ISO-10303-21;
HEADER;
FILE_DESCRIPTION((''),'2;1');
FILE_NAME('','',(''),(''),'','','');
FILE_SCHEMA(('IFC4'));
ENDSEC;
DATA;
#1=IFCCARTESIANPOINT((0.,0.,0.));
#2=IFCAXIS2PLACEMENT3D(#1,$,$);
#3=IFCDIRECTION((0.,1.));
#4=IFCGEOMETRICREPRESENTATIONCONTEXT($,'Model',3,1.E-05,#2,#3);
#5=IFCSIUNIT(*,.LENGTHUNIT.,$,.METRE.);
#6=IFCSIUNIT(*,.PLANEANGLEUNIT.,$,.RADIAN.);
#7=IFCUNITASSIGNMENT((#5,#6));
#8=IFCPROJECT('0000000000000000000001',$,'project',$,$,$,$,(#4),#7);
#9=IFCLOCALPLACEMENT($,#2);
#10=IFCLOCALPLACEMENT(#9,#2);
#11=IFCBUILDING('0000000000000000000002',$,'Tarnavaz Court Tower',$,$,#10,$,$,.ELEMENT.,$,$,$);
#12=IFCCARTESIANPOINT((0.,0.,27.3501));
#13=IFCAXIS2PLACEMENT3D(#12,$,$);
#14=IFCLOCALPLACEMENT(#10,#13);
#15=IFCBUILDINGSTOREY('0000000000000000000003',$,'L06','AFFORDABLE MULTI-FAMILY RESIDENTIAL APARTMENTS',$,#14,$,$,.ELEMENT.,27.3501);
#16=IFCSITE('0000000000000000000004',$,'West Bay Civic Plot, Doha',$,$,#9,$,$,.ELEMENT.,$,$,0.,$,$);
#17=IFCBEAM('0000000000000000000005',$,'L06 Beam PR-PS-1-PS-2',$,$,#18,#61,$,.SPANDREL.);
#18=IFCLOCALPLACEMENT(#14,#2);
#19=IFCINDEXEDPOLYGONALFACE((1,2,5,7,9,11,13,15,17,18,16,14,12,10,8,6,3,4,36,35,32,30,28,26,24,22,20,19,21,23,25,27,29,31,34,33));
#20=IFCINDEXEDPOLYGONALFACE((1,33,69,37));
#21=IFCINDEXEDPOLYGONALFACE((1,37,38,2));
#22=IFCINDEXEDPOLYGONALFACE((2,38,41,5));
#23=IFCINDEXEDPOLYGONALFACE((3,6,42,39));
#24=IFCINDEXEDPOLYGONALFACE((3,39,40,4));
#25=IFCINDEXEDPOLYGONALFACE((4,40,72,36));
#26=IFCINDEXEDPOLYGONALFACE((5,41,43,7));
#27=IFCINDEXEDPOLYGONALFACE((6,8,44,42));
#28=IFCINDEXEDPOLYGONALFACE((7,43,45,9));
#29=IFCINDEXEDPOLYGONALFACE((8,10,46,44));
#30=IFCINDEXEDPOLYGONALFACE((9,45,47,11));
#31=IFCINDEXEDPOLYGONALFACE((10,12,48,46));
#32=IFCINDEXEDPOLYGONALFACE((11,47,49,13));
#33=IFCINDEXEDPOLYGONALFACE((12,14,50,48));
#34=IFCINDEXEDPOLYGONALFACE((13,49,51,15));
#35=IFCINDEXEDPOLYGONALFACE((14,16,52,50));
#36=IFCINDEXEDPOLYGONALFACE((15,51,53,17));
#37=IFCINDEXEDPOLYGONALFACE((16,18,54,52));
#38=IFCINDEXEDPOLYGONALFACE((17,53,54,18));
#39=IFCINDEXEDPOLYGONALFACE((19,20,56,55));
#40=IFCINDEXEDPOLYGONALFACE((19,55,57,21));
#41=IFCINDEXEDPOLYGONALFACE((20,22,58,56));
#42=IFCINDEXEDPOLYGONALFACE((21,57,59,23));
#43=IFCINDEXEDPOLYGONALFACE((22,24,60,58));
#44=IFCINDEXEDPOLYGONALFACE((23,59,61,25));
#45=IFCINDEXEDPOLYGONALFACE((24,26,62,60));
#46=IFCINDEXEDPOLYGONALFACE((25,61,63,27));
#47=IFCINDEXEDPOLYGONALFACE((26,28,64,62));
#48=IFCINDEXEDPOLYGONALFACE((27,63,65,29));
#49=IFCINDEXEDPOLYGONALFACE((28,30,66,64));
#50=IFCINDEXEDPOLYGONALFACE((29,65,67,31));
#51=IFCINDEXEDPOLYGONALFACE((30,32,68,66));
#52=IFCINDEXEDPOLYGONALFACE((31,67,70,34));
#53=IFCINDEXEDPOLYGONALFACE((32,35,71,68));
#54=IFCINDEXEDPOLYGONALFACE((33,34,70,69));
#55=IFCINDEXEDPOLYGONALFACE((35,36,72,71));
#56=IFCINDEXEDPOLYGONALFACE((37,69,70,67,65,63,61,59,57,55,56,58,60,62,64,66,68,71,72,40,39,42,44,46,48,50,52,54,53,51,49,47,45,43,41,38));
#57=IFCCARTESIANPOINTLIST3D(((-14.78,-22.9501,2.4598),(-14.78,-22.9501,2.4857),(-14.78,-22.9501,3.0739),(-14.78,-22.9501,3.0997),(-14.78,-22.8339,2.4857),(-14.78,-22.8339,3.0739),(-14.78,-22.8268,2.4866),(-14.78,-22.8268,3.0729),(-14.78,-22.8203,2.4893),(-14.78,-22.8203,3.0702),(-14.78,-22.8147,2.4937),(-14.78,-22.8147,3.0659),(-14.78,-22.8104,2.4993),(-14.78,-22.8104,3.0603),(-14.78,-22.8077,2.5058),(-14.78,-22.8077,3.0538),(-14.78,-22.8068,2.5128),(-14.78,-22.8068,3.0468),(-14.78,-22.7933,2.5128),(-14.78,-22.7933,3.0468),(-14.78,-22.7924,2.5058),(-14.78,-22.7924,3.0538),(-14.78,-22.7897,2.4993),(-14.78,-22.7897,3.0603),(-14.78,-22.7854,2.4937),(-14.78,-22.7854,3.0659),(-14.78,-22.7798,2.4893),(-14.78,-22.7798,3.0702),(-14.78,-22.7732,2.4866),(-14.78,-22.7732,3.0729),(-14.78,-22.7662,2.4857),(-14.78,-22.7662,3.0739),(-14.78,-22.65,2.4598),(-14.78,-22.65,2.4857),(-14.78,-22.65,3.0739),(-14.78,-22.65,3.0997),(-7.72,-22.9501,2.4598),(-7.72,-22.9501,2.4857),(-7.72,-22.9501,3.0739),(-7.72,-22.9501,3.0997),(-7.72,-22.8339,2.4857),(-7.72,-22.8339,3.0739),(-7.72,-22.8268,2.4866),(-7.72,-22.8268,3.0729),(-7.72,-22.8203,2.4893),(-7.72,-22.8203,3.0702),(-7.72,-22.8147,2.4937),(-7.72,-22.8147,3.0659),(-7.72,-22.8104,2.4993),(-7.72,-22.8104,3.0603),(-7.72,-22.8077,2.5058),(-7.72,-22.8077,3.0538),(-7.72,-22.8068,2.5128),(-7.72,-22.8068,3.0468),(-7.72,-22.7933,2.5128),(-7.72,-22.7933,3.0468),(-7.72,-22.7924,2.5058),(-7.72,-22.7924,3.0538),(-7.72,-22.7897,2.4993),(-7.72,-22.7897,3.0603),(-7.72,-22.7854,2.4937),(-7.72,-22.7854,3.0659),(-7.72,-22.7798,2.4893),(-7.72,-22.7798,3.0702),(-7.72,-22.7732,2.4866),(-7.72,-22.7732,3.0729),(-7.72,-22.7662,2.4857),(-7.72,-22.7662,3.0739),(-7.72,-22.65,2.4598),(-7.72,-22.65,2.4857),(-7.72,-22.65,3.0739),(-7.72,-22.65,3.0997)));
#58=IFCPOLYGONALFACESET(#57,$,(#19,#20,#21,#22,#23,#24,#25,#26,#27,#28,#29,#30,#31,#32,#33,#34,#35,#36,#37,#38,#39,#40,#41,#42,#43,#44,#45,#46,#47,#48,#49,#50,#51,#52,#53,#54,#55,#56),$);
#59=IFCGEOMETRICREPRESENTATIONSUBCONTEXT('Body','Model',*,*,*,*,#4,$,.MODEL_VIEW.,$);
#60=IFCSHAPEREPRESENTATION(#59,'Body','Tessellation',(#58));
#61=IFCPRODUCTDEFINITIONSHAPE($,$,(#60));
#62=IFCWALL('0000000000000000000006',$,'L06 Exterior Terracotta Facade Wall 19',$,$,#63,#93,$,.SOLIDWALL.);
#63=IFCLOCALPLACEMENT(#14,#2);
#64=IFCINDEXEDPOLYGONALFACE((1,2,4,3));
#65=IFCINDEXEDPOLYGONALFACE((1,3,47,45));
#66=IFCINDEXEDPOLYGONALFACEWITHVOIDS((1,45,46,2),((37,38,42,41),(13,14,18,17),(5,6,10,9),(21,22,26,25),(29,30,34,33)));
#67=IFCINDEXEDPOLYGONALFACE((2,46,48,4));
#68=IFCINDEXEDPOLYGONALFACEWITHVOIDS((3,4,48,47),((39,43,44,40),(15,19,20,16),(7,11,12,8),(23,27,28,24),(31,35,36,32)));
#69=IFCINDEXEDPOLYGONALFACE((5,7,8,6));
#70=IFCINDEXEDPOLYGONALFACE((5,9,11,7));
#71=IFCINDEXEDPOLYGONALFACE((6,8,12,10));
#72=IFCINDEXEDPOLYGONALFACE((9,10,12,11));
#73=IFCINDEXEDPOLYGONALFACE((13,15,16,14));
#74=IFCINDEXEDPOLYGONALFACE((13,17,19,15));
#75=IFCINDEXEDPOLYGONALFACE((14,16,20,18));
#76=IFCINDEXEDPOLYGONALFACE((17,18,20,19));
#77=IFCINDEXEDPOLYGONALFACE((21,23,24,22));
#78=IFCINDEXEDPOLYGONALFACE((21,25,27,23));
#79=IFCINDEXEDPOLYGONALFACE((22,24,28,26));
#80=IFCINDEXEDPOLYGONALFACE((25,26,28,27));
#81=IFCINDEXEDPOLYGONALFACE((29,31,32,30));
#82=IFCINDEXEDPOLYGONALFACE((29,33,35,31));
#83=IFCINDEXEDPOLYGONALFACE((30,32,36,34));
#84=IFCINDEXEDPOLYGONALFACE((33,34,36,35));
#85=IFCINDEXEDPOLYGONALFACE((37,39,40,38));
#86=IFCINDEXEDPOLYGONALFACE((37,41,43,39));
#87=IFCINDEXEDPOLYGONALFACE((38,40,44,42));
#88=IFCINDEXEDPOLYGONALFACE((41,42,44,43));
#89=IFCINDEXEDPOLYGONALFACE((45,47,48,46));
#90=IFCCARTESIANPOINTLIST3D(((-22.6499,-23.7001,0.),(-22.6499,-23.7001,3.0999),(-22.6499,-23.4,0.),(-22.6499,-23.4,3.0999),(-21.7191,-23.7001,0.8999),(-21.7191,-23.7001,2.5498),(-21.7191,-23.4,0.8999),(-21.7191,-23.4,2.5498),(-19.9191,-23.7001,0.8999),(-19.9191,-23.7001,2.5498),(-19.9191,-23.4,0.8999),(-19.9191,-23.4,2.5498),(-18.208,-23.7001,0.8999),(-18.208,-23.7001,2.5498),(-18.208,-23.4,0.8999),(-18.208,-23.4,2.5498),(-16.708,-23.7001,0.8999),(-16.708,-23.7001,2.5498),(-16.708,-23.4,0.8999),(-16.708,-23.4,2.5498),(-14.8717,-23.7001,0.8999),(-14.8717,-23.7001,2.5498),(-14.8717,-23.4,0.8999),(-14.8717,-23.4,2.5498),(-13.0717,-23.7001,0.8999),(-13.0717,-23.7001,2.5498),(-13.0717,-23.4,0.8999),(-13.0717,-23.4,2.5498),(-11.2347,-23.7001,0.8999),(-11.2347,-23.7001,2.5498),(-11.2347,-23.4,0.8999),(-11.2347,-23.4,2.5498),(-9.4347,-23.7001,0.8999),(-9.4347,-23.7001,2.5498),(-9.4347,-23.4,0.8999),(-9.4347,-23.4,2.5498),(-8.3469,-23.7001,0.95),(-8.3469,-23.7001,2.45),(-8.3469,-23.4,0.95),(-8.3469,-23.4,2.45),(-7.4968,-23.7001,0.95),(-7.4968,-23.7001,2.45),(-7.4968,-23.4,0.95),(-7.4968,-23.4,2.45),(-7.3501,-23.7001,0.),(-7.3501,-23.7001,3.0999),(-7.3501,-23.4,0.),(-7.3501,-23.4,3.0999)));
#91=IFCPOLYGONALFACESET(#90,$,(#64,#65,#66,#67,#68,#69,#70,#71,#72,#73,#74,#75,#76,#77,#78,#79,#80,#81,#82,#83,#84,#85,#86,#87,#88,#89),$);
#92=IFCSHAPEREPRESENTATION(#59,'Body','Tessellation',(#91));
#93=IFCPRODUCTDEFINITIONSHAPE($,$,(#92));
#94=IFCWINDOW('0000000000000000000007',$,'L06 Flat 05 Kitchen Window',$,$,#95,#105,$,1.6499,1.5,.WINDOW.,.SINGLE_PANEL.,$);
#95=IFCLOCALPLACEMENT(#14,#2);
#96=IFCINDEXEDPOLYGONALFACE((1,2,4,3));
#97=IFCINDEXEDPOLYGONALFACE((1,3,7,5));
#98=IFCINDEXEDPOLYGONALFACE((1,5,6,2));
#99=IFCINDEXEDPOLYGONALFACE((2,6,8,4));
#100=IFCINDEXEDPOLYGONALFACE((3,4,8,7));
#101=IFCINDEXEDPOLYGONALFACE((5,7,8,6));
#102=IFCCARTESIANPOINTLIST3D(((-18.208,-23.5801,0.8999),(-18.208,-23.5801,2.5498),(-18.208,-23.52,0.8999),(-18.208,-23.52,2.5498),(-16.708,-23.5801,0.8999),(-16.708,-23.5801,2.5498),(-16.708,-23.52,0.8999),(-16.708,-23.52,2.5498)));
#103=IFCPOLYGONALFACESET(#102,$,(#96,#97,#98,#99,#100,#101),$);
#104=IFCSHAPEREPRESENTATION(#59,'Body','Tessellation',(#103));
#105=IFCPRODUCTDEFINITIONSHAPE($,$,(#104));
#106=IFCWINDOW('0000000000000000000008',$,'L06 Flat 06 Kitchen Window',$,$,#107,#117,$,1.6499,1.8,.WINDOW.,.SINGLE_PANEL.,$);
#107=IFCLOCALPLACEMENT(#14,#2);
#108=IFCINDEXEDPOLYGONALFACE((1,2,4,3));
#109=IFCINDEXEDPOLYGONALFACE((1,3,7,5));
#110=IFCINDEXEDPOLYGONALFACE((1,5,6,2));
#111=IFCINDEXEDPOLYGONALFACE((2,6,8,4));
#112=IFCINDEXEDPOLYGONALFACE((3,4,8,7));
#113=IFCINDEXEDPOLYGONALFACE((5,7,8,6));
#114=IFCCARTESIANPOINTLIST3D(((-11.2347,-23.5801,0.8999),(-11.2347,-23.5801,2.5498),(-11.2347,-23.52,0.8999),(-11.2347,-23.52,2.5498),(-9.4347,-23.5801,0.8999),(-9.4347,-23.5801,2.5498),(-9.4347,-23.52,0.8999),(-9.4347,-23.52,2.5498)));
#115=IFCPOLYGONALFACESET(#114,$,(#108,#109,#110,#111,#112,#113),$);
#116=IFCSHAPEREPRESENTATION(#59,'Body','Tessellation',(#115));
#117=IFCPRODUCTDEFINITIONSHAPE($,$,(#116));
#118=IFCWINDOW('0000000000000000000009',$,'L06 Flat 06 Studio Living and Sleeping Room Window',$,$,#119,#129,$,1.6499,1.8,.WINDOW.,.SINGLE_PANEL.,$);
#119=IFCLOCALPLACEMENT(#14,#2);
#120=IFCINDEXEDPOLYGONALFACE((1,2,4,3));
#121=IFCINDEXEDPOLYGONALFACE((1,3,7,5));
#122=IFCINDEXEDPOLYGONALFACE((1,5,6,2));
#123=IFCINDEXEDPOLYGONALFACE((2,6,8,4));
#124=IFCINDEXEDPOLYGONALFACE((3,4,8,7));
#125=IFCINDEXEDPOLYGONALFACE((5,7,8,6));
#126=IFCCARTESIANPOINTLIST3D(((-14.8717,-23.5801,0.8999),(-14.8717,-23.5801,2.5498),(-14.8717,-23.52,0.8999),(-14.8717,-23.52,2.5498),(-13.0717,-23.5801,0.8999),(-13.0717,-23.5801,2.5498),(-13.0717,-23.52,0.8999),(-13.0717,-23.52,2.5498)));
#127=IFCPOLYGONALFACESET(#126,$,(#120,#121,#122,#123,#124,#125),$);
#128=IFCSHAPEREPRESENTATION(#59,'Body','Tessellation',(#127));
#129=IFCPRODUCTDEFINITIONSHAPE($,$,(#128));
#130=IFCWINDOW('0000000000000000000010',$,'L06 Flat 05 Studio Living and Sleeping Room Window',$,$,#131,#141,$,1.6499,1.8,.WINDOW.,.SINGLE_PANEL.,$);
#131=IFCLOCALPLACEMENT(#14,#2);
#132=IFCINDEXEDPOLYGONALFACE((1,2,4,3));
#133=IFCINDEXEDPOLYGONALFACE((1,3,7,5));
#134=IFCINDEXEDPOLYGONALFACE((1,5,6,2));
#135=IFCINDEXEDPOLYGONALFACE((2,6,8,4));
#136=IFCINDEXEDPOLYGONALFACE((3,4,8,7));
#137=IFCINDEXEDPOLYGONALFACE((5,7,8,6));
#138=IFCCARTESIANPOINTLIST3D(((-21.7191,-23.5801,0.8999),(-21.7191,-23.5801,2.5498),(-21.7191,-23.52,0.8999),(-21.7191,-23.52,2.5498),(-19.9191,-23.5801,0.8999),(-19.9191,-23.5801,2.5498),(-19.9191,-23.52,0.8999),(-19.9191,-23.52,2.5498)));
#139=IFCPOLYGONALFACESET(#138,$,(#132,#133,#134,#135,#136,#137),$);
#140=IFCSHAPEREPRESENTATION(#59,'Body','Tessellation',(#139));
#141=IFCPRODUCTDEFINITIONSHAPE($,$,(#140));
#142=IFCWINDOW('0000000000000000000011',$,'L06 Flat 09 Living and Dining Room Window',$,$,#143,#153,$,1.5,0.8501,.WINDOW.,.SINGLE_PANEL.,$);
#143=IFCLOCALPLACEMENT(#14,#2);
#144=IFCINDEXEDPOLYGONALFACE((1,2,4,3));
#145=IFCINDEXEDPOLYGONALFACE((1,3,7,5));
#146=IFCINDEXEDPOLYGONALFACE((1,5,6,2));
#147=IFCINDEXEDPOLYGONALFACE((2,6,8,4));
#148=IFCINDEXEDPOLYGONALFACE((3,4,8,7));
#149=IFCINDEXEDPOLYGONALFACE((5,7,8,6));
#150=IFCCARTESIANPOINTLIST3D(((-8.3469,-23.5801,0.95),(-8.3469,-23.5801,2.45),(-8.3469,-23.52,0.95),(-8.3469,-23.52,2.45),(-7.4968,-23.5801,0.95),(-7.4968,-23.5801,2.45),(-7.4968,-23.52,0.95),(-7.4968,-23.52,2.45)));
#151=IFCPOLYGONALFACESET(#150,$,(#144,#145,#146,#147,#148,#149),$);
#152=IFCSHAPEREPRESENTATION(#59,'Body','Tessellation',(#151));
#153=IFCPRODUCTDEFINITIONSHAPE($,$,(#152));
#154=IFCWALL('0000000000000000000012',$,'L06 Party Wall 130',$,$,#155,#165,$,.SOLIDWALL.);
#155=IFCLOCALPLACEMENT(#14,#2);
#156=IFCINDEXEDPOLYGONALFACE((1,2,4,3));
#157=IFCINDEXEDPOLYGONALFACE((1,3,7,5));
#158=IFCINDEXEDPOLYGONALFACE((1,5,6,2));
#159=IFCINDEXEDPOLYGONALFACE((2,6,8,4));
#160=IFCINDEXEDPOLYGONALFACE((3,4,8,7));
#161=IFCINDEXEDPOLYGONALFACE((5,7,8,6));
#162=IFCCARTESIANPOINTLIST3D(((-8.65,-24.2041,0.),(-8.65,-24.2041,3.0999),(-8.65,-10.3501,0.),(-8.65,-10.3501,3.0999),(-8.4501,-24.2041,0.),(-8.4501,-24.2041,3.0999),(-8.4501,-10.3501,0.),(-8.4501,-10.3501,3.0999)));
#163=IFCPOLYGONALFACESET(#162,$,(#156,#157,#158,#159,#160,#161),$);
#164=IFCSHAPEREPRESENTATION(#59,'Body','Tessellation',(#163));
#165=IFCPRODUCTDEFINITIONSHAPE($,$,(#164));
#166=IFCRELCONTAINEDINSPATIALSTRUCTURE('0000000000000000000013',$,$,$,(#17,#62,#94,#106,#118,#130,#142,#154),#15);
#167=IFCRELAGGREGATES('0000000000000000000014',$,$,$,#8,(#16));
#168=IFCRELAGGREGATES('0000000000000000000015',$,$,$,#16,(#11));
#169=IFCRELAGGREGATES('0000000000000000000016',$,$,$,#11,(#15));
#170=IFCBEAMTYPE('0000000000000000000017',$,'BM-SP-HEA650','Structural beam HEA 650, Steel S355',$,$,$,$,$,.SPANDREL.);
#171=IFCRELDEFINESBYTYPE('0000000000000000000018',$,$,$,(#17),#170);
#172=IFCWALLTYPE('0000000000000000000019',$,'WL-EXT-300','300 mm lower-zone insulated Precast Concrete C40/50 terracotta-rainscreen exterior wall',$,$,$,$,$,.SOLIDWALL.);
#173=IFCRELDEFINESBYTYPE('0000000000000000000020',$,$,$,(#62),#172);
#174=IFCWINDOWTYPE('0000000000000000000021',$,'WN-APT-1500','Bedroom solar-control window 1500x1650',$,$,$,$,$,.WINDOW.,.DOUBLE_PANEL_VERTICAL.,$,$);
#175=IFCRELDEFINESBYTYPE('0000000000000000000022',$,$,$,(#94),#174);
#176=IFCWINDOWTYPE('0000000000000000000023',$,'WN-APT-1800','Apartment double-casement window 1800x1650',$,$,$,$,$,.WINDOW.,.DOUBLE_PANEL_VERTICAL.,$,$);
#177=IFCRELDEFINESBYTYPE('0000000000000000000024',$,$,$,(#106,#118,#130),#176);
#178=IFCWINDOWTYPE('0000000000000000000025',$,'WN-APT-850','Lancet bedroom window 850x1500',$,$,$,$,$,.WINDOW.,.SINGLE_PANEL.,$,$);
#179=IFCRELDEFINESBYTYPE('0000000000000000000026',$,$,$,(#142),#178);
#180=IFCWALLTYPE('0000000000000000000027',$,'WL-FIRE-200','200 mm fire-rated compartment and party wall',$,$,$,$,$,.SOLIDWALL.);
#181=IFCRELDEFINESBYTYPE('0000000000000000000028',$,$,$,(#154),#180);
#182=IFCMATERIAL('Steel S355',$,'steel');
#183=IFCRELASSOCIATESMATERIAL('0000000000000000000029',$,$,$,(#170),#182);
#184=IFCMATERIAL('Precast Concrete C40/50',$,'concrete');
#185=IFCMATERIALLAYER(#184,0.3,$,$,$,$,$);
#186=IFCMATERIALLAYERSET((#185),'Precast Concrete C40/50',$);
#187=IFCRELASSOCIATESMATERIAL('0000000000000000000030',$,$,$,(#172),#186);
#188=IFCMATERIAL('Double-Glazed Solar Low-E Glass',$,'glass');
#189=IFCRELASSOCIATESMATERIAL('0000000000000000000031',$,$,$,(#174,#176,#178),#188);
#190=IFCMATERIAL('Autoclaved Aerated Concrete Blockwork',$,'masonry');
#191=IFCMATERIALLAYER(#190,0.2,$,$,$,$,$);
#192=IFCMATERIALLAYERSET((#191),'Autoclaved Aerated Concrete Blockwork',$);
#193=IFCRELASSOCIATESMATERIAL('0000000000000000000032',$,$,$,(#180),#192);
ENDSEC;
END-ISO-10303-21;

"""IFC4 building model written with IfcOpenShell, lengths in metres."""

from ifc_helpers import new_model, si_unit, direction, frame, frame_2d, origin, origin_2d, place, context, subcontext, project, spatial, rectangle, i_section, extrude, material, layer, layer_set, material_profile, profile_set, type_object, element, fill, save


model = new_model("IFC4")

# Units and contexts
model_context = context("Model", 3, precision=1e-05, world=origin(), true_north=direction((0.0, 1.0)))
body_context = subcontext(model_context, "Body", "Model", "MODEL_VIEW")
ifc_project = project(units=[si_unit("LENGTHUNIT", "METRE"), si_unit("PLANEANGLEUNIT", "RADIAN")], contexts=[model_context])

# Site, building, storey
site_placement = place(None, origin())
site = spatial("IfcSite", under=ifc_project, at=site_placement, Name="West Bay Civic Plot, Doha", CompositionType="ELEMENT", RefElevation=0.0)
building_placement = place(site_placement, origin())
building = spatial("IfcBuilding", under=site, at=building_placement, Name="Tarnavaz Court Tower", CompositionType="ELEMENT")
storey_placement = place(building_placement, frame((0.0, 0.0, 27.3501)))
storey = spatial("IfcBuildingStorey", under=building, at=storey_placement, Name="L06", Description="AFFORDABLE MULTI-FAMILY RESIDENTIAL APARTMENTS", CompositionType="ELEMENT", Elevation=27.3501)

# Beam
ifc_material_1 = material(Name="Steel S355", Category="steel")
ifc_material_profile_1 = material_profile(ifc_material_1, i_section(OverallWidth=0.3, OverallDepth=0.6399, WebThickness=0.0134, FlangeThickness=0.0259, FilletRadius=0.0271, at=origin_2d()), Name="HEA 650")
ifc_profile_set_1 = profile_set([ifc_material_profile_1], Name="Steel S355")
beam_type_1 = type_object("IfcBeamType", Name="BM-SP-HEA650", Description="Structural beam HEA 650, Steel S355", PredefinedType="SPANDREL", material=ifc_profile_set_1)
beam_placement = place(storey_placement, frame((-14.78, -22.8, 2.7798), z_axis=(1.0, 0.0, 0.0), x_axis=(0.0, 1.0, 0.0)))
element("IfcBeam", 1, at=beam_placement, inside=storey, type_object=beam_type_1, Name="L06 Beam PR-PS-1-PS-2", PredefinedType="SPANDREL", context=body_context, shape_type="SweptSolid", body=[
    extrude(i_section(OverallWidth=0.3, OverallDepth=0.6399, WebThickness=0.0134, FlangeThickness=0.0259, FilletRadius=0.0271, at=origin_2d()), origin(), (0.0, 0.0, 1.0), 7.0601),
])

# Wall, openings, windows
ifc_material_2 = material(Name="Precast Concrete C40/50", Category="concrete")
ifc_layer_1 = layer(ifc_material_2, 0.3)
ifc_layer_set_1 = layer_set([ifc_layer_1], Name="Precast Concrete C40/50")
wall_type_1 = type_object("IfcWallType", Name="WL-EXT-300", Description="300 mm lower-zone insulated Precast Concrete C40/50 terracotta-rainscreen exterior wall", PredefinedType="SOLIDWALL", material=ifc_layer_set_1)
wall_1_placement = place(storey_placement, frame((-7.3501, -23.55, 0.0), z_axis=(0.0, 0.0, 1.0), x_axis=(-1.0, 0.0, 0.0)))
wall_1 = element("IfcWall", 2, at=wall_1_placement, inside=storey, type_object=wall_type_1, Name="L06 Exterior Terracotta Facade Wall 19", PredefinedType="SOLIDWALL", context=body_context, shape_type="SweptSolid", body=[
    extrude(rectangle(XDim=15.2998, YDim=0.3, at=frame_2d((7.6499, 0.0))), origin(), (0.0, 0.0, 1.0), 3.0999),
])
opening_1_placement = place(wall_1_placement, frame((0.1467, 0.0, 0.95)))
opening_1 = element("IfcOpeningElement", 3, at=opening_1_placement, cuts=wall_1, PredefinedType="OPENING", context=body_context, shape_type="SweptSolid", body=[
    extrude(rectangle(XDim=0.8501, YDim=1.5, at=frame_2d((0.425, 0.75))), frame((0.0, 0.1599, 0.0), z_axis=(0.0, -1.0, 0.0), x_axis=(1.0, 0.0, 0.0)), (0.0, 0.0, 1.0), 0.3201),
])
opening_2_placement = place(wall_1_placement, frame((2.0847, 0.0, 0.8999)))
opening_2 = element("IfcOpeningElement", 4, at=opening_2_placement, cuts=wall_1, PredefinedType="OPENING", context=body_context, shape_type="SweptSolid", body=[
    extrude(rectangle(XDim=1.8, YDim=1.6499, at=frame_2d((0.8999, 0.825))), frame((0.0, 0.1599, 0.0), z_axis=(0.0, -1.0, 0.0), x_axis=(1.0, 0.0, 0.0)), (0.0, 0.0, 1.0), 0.3201),
])
opening_3_placement = place(wall_1_placement, frame((5.7217, 0.0, 0.8999)))
opening_3 = element("IfcOpeningElement", 5, at=opening_3_placement, cuts=wall_1, PredefinedType="OPENING", context=body_context, shape_type="SweptSolid", body=[
    extrude(rectangle(XDim=1.8, YDim=1.6499, at=frame_2d((0.8999, 0.825))), frame((0.0, 0.1599, 0.0), z_axis=(0.0, -1.0, 0.0), x_axis=(1.0, 0.0, 0.0)), (0.0, 0.0, 1.0), 0.3201),
])
opening_4_placement = place(wall_1_placement, frame((9.3579, 0.0, 0.8999)))
opening_4 = element("IfcOpeningElement", 6, at=opening_4_placement, cuts=wall_1, PredefinedType="OPENING", context=body_context, shape_type="SweptSolid", body=[
    extrude(rectangle(XDim=1.5, YDim=1.6499, at=frame_2d((0.75, 0.825))), frame((0.0, 0.1599, 0.0), z_axis=(0.0, -1.0, 0.0), x_axis=(1.0, 0.0, 0.0)), (0.0, 0.0, 1.0), 0.3201),
])
opening_5_placement = place(wall_1_placement, frame((12.5691, 0.0, 0.8999)))
opening_5 = element("IfcOpeningElement", 7, at=opening_5_placement, cuts=wall_1, PredefinedType="OPENING", context=body_context, shape_type="SweptSolid", body=[
    extrude(rectangle(XDim=1.8, YDim=1.6499, at=frame_2d((0.8999, 0.825))), frame((0.0, 0.1599, 0.0), z_axis=(0.0, -1.0, 0.0), x_axis=(1.0, 0.0, 0.0)), (0.0, 0.0, 1.0), 0.3201),
])
ifc_material_3 = material(Name="Double-Glazed Solar Low-E Glass", Category="glass")
window_type_1 = type_object("IfcWindowType", Name="WN-APT-1500", Description="Bedroom solar-control window 1500x1650", PartitioningType="DOUBLE_PANEL_VERTICAL", PredefinedType="WINDOW", material=ifc_material_3)
window_1_placement = place(opening_4_placement, origin())
window_1 = element("IfcWindow", 8, at=window_1_placement, inside=storey, type_object=window_type_1, Name="L06 Flat 05 Kitchen Window", OverallHeight=1.6499, OverallWidth=1.5, PartitioningType="SINGLE_PANEL", PredefinedType="WINDOW", context=body_context, shape_type="SweptSolid", body=[
    extrude(rectangle(XDim=1.5, YDim=1.6499, at=frame_2d((0.75, 0.825))), frame((0.0, 0.03, 0.0), z_axis=(0.0, -1.0, 0.0), x_axis=(1.0, 0.0, 0.0)), (0.0, 0.0, 1.0), 0.0601),
])
fill(opening_4, window_1)
window_type_2 = type_object("IfcWindowType", Name="WN-APT-1800", Description="Apartment double-casement window 1800x1650", PartitioningType="DOUBLE_PANEL_VERTICAL", PredefinedType="WINDOW", material=ifc_material_3)
window_2_placement = place(opening_2_placement, origin())
window_2 = element("IfcWindow", 9, at=window_2_placement, inside=storey, type_object=window_type_2, Name="L06 Flat 06 Kitchen Window", OverallHeight=1.6499, OverallWidth=1.8, PartitioningType="SINGLE_PANEL", PredefinedType="WINDOW", context=body_context, shape_type="SweptSolid", body=[
    extrude(rectangle(XDim=1.8, YDim=1.6499, at=frame_2d((0.8999, 0.825))), frame((0.0, 0.03, 0.0), z_axis=(0.0, -1.0, 0.0), x_axis=(1.0, 0.0, 0.0)), (0.0, 0.0, 1.0), 0.0601),
])
fill(opening_2, window_2)
window_3_placement = place(opening_3_placement, origin())
window_3 = element("IfcWindow", 10, at=window_3_placement, inside=storey, type_object=window_type_2, Name="L06 Flat 06 Studio Living and Sleeping Room Window", OverallHeight=1.6499, OverallWidth=1.8, PartitioningType="SINGLE_PANEL", PredefinedType="WINDOW", context=body_context, shape_type="SweptSolid", body=[
    extrude(rectangle(XDim=1.8, YDim=1.6499, at=frame_2d((0.8999, 0.825))), frame((0.0, 0.03, 0.0), z_axis=(0.0, -1.0, 0.0), x_axis=(1.0, 0.0, 0.0)), (0.0, 0.0, 1.0), 0.0601),
])
fill(opening_3, window_3)
window_4_placement = place(opening_5_placement, origin())
window_4 = element("IfcWindow", 11, at=window_4_placement, inside=storey, type_object=window_type_2, Name="L06 Flat 05 Studio Living and Sleeping Room Window", OverallHeight=1.6499, OverallWidth=1.8, PartitioningType="SINGLE_PANEL", PredefinedType="WINDOW", context=body_context, shape_type="SweptSolid", body=[
    extrude(rectangle(XDim=1.8, YDim=1.6499, at=frame_2d((0.8999, 0.825))), frame((0.0, 0.03, 0.0), z_axis=(0.0, -1.0, 0.0), x_axis=(1.0, 0.0, 0.0)), (0.0, 0.0, 1.0), 0.0601),
])
fill(opening_5, window_4)
window_type_3 = type_object("IfcWindowType", Name="WN-APT-850", Description="Lancet bedroom window 850x1500", PartitioningType="SINGLE_PANEL", PredefinedType="WINDOW", material=ifc_material_3)
window_5_placement = place(opening_1_placement, origin())
window_5 = element("IfcWindow", 12, at=window_5_placement, inside=storey, type_object=window_type_3, Name="L06 Flat 09 Living and Dining Room Window", OverallHeight=1.5, OverallWidth=0.8501, PartitioningType="SINGLE_PANEL", PredefinedType="WINDOW", context=body_context, shape_type="SweptSolid", body=[
    extrude(rectangle(XDim=0.8501, YDim=1.5, at=frame_2d((0.425, 0.75))), frame((0.0, 0.03, 0.0), z_axis=(0.0, -1.0, 0.0), x_axis=(1.0, 0.0, 0.0)), (0.0, 0.0, 1.0), 0.0601),
])
fill(opening_1, window_5)

# Wall
ifc_material_4 = material(Name="Autoclaved Aerated Concrete Blockwork", Category="masonry")
ifc_layer_2 = layer(ifc_material_4, 0.2)
ifc_layer_set_2 = layer_set([ifc_layer_2], Name="Autoclaved Aerated Concrete Blockwork")
wall_type_2 = type_object("IfcWallType", Name="WL-FIRE-200", Description="200 mm fire-rated compartment and party wall", PredefinedType="SOLIDWALL", material=ifc_layer_set_2)
wall_2_placement = place(storey_placement, frame((-8.55, -24.2041, 0.0), z_axis=(0.0, 0.0, 1.0), x_axis=(0.0, 1.0, 0.0)))
element("IfcWall", 13, at=wall_2_placement, inside=storey, type_object=wall_type_2, Name="L06 Party Wall 130", PredefinedType="SOLIDWALL", context=body_context, shape_type="SweptSolid", body=[
    extrude(rectangle(XDim=13.854, YDim=0.2, at=frame_2d((6.927, 0.0))), origin(), (0.0, 0.0, 1.0), 3.0999),
])

save(model, "model.ifc")
